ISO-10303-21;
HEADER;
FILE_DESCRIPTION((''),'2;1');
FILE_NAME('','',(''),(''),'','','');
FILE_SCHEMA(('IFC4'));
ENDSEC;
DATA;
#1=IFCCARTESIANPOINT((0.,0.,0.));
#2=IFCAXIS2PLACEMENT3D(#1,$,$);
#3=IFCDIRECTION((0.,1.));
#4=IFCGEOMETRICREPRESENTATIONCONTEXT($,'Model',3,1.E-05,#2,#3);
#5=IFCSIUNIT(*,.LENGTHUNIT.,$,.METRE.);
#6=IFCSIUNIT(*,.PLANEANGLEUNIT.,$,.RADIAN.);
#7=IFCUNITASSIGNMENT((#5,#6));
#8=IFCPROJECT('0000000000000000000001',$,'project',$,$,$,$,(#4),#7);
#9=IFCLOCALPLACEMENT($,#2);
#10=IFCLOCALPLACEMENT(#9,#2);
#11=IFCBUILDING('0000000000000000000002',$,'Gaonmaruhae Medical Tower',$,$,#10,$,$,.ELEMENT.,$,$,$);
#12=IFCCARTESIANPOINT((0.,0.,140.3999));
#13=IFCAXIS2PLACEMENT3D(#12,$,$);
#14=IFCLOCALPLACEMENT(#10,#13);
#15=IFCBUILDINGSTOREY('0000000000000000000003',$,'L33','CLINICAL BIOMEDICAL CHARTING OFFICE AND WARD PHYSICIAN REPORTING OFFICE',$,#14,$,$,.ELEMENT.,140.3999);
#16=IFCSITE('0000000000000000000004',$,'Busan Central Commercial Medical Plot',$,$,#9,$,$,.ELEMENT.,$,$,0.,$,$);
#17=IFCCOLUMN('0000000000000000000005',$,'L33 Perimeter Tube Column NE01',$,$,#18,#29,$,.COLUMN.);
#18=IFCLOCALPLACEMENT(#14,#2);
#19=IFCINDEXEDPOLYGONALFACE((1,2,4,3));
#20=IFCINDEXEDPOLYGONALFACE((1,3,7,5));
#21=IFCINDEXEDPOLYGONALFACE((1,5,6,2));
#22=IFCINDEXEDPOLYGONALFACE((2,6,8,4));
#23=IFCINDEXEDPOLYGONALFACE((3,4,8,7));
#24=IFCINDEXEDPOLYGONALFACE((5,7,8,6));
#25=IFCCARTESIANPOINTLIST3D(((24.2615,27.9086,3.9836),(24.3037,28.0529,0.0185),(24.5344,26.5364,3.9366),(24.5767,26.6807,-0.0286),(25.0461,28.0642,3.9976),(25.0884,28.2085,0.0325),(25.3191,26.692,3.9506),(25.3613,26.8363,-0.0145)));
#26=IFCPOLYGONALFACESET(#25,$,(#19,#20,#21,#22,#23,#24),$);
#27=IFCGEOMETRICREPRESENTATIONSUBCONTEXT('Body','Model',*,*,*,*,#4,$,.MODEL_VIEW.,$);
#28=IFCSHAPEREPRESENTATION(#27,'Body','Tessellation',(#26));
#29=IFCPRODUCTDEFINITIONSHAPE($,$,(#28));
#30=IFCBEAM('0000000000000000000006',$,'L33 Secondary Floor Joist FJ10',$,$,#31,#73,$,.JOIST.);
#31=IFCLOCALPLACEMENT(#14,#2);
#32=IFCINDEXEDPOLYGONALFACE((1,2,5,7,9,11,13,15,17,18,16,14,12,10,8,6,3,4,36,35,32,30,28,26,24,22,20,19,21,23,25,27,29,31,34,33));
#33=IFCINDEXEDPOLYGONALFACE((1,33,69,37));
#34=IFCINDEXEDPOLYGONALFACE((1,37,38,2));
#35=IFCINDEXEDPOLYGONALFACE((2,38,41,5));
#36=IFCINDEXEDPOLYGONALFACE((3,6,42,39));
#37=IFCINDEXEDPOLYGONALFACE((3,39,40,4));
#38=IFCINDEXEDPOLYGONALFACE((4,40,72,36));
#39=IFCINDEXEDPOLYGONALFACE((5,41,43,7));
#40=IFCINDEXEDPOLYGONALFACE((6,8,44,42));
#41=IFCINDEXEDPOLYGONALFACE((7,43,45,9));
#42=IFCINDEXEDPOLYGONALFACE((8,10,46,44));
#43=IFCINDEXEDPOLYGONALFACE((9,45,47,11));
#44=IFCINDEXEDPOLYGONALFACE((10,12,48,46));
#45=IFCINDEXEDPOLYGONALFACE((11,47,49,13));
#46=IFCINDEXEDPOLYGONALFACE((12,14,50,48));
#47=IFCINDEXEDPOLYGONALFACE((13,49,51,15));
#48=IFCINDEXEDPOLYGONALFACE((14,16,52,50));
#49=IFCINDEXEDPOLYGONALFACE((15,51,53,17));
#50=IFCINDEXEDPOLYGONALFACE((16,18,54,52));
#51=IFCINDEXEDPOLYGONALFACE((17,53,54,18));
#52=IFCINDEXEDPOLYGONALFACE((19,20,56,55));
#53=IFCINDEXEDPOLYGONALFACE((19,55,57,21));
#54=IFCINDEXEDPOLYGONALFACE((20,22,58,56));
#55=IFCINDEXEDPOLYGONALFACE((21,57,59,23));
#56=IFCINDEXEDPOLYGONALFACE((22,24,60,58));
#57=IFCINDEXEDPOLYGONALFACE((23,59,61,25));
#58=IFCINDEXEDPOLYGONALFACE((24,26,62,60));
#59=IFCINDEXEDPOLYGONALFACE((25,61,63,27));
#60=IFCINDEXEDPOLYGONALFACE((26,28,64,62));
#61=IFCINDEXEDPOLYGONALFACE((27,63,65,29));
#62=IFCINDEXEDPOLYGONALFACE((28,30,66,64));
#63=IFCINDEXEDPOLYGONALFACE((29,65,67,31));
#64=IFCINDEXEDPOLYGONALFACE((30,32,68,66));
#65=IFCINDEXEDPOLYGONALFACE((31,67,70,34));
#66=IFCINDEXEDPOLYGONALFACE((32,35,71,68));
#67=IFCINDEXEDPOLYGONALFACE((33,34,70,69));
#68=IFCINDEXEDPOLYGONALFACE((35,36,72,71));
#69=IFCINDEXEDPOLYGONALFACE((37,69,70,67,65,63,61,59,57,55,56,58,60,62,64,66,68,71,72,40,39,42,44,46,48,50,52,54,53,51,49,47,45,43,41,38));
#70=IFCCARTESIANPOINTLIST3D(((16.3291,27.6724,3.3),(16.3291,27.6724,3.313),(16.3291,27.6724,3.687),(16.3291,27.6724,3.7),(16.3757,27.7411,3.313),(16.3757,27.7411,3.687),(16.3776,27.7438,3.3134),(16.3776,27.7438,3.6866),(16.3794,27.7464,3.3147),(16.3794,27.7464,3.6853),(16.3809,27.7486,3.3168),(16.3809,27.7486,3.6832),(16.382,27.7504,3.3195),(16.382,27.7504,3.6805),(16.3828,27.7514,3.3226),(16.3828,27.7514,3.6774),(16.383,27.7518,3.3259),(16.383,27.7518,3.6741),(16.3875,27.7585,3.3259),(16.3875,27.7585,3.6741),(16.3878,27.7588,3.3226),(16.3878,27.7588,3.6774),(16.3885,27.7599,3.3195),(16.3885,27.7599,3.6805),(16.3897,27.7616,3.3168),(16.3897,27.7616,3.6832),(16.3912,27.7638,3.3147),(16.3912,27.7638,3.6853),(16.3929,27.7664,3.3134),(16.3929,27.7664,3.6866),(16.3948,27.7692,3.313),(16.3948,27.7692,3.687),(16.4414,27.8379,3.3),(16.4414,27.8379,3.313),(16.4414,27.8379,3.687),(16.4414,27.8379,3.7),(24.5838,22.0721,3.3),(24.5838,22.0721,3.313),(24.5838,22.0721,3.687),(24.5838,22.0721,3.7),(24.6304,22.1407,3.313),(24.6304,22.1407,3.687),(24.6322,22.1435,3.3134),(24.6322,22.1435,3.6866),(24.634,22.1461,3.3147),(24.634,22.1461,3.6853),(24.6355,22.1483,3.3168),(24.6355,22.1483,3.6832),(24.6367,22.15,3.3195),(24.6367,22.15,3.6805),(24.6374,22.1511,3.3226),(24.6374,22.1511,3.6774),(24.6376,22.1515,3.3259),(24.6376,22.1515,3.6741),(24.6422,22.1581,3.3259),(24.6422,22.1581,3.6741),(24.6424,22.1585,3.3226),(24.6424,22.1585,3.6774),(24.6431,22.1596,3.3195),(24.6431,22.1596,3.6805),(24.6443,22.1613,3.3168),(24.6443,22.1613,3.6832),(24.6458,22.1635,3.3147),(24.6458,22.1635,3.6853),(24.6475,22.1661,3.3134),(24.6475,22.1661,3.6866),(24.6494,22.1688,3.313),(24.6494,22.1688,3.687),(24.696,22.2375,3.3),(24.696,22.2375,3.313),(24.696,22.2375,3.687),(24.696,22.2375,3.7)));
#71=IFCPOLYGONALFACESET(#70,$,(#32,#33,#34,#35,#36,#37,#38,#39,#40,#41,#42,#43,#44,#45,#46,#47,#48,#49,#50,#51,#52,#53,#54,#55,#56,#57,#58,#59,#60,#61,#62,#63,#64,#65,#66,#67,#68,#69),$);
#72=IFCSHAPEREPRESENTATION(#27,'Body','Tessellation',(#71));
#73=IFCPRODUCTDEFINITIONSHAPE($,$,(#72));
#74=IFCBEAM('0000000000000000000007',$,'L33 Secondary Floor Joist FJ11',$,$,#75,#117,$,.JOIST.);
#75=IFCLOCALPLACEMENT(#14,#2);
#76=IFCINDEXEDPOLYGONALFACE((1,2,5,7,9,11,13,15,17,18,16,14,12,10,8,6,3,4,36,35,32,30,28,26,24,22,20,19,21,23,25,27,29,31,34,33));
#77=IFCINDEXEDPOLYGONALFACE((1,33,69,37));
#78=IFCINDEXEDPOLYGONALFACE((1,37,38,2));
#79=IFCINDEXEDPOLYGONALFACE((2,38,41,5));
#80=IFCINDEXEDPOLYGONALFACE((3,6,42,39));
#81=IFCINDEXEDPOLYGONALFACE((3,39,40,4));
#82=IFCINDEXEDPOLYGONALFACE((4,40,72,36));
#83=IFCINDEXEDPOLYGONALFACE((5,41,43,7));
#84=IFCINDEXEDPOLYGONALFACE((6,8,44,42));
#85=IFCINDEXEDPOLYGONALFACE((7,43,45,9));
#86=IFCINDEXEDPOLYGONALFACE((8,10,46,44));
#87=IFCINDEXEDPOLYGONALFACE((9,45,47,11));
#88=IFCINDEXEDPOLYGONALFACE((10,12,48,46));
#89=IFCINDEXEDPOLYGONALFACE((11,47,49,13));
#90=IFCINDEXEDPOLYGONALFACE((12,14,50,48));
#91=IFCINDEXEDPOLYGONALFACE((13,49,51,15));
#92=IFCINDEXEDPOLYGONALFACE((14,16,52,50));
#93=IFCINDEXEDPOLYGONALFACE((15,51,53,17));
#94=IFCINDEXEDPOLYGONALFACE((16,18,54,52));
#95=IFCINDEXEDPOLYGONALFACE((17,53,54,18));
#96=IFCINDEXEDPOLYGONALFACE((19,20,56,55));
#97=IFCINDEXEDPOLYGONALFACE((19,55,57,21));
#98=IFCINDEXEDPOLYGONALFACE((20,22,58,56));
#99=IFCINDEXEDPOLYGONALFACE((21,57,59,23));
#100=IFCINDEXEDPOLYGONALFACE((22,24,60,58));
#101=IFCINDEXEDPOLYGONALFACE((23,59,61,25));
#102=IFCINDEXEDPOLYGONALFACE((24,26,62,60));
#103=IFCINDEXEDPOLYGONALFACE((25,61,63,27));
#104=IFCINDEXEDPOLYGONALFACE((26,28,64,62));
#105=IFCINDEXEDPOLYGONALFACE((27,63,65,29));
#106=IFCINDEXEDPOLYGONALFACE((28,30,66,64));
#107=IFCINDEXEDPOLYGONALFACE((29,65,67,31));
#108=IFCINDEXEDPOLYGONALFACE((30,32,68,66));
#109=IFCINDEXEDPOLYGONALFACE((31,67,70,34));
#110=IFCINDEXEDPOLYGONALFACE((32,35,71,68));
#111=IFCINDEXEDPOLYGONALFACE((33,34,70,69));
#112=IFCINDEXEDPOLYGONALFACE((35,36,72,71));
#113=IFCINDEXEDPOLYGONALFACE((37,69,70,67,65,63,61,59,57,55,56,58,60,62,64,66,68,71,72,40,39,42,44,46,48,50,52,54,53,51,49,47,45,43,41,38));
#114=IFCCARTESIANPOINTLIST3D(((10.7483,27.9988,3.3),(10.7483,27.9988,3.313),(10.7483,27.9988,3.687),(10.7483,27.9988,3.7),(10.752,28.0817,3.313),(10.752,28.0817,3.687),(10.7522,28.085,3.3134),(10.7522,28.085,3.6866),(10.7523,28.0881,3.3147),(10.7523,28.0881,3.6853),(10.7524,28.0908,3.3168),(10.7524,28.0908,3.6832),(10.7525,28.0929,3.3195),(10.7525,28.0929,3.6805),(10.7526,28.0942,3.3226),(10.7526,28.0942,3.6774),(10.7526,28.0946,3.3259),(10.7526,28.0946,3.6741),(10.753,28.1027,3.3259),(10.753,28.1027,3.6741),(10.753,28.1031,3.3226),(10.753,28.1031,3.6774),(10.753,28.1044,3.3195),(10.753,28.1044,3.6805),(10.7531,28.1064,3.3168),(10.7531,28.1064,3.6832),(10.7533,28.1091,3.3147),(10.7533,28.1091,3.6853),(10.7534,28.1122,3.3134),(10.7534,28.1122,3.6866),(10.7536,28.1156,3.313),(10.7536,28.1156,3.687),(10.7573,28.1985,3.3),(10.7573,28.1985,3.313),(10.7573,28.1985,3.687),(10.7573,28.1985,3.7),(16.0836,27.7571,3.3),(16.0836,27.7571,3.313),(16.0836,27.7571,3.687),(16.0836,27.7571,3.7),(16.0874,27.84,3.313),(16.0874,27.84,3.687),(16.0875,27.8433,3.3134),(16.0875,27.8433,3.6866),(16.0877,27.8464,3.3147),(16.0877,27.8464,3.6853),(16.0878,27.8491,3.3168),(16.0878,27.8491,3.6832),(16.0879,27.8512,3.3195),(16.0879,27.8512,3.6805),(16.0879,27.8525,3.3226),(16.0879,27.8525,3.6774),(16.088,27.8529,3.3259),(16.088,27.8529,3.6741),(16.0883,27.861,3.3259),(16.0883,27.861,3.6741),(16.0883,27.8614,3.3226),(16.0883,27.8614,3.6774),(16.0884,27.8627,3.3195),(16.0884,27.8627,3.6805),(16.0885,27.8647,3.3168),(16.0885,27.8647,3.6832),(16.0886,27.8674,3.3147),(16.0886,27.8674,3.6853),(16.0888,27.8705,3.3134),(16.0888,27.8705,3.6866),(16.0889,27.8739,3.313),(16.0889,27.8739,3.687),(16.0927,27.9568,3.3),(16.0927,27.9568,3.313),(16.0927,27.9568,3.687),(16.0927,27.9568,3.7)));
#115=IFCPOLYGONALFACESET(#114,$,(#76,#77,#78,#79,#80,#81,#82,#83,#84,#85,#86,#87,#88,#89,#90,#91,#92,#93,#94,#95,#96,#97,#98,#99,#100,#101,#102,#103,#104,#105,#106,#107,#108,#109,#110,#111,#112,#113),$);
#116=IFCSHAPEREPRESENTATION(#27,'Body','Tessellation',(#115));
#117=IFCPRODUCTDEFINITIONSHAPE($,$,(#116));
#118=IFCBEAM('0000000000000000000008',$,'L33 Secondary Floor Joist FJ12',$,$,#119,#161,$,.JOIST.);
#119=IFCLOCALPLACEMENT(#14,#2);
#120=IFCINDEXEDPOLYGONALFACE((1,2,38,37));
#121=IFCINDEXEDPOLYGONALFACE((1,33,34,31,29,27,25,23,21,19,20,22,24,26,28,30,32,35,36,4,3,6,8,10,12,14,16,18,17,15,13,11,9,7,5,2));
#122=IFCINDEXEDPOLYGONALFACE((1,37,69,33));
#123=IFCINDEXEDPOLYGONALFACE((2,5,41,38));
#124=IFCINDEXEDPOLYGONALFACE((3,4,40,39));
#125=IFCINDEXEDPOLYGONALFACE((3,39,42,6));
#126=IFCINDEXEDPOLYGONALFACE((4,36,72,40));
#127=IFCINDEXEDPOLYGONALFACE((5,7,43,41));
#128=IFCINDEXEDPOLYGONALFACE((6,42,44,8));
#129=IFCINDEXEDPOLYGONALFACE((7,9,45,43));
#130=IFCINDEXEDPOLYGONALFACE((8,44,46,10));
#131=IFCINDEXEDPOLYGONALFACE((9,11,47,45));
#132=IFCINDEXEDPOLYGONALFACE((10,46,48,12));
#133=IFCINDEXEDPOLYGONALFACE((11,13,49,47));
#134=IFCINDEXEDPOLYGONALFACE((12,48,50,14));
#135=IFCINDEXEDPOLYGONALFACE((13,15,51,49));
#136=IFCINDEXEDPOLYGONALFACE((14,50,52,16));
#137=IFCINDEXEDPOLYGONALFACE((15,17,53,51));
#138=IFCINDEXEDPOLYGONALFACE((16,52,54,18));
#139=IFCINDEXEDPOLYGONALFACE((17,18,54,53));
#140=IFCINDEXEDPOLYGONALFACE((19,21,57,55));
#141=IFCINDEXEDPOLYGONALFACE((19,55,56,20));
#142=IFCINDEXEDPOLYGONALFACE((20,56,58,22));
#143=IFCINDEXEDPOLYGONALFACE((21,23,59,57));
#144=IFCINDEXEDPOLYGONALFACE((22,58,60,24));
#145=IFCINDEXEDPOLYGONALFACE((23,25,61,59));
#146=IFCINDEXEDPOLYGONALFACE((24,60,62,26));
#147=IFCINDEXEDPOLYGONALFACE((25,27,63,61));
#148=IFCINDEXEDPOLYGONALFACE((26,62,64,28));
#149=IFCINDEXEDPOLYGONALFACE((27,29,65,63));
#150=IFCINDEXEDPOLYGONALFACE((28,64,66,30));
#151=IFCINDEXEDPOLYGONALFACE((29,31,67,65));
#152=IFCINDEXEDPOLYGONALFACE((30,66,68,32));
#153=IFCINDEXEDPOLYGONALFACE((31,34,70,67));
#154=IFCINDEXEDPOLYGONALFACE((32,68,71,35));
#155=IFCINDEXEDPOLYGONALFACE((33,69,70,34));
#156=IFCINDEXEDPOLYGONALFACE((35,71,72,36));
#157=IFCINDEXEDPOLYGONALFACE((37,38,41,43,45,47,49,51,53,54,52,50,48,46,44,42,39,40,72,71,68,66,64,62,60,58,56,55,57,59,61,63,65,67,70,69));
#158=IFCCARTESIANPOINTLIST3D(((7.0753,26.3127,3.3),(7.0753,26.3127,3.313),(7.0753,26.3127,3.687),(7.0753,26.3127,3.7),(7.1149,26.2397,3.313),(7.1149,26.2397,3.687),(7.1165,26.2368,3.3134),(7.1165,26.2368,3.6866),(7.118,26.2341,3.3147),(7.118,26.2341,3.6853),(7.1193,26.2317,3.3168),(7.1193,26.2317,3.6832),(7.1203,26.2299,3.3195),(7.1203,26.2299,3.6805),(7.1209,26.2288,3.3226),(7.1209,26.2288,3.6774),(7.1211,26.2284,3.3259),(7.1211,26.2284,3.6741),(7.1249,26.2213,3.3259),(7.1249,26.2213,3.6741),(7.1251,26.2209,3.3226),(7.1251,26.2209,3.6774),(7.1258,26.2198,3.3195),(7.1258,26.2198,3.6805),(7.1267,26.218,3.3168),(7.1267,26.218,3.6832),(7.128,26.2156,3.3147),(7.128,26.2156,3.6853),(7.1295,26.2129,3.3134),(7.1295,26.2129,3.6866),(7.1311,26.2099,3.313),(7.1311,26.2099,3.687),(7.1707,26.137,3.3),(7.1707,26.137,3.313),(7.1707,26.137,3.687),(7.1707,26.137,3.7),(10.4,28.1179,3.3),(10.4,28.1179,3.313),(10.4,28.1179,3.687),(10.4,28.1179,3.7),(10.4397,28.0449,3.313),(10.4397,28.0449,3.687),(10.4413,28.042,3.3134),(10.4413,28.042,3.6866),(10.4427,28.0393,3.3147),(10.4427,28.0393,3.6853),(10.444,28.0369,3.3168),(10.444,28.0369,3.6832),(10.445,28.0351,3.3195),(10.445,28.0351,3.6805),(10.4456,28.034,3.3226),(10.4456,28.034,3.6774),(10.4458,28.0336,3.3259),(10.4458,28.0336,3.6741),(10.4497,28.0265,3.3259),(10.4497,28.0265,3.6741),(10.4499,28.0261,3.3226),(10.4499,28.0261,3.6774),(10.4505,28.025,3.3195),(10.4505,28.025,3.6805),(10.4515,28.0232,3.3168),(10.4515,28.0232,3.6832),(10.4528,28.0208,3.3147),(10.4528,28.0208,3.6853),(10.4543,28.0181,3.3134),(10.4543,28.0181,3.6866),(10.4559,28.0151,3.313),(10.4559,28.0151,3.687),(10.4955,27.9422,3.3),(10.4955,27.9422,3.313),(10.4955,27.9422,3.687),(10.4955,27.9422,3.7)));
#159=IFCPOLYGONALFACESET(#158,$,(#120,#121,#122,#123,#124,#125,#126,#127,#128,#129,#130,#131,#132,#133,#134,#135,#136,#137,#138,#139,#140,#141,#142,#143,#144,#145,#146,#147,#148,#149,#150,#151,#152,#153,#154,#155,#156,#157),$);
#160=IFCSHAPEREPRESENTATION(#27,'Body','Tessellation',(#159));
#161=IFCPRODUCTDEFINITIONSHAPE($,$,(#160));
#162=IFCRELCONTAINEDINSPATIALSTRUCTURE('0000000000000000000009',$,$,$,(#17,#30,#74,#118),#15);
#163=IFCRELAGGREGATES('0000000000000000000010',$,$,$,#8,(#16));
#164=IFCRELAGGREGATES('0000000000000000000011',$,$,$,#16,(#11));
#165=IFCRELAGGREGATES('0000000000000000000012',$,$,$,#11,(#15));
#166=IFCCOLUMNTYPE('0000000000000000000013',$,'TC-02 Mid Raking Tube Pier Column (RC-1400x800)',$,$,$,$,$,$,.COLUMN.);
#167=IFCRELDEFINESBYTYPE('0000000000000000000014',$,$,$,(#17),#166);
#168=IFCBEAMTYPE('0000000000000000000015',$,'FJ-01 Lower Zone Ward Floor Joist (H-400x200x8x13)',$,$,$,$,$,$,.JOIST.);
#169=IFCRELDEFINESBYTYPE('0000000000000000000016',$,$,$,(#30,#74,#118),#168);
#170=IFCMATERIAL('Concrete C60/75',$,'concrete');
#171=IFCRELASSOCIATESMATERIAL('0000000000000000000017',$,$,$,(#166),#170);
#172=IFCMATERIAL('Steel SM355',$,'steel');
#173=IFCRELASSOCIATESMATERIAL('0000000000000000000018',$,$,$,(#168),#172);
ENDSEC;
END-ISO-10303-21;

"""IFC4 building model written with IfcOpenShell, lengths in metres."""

from ifc_helpers import new_model, si_unit, direction, frame, origin, origin_2d, place, context, subcontext, project, spatial, rectangle, i_section, extrude, material, material_profile, profile_set, type_object, element, save


model = new_model("IFC4")

# Units and contexts
model_context = context("Model", 3, precision=1e-05, world=origin(), true_north=direction((0.0, 1.0)))
body_context = subcontext(model_context, "Body", "Model", "MODEL_VIEW")
ifc_project = project(units=[si_unit("LENGTHUNIT", "METRE"), si_unit("PLANEANGLEUNIT", "RADIAN")], contexts=[model_context])

# Site, building, storey
site_placement = place(None, origin())
site = spatial("IfcSite", under=ifc_project, at=site_placement, Name="Busan Central Commercial Medical Plot", CompositionType="ELEMENT", RefElevation=0.0)
building_placement = place(site_placement, origin())
building = spatial("IfcBuilding", under=site, at=building_placement, Name="Gaonmaruhae Medical Tower", CompositionType="ELEMENT")
storey_placement = place(building_placement, frame((0.0, 0.0, 140.3999)))
storey = spatial("IfcBuildingStorey", under=building, at=storey_placement, Name="L33", Description="CLINICAL BIOMEDICAL CHARTING OFFICE AND WARD PHYSICIAN REPORTING OFFICE", CompositionType="ELEMENT", Elevation=140.3999)

# Column
ifc_material_1 = material(Name="Concrete C60/75", Category="concrete")
ifc_material_profile_1 = material_profile(ifc_material_1, rectangle(XDim=1.3999, YDim=0.8, at=origin_2d()), Name="RC-1400x800")
ifc_profile_set_1 = profile_set([ifc_material_profile_1], Name="Concrete C60/75")
column_type = type_object("IfcColumnType", Name="TC-02 Mid Raking Tube Pier Column (RC-1400x800)", PredefinedType="COLUMN", material=ifc_profile_set_1)
column_placement = place(storey_placement, frame((24.8325, 27.4446, 0.002), z_axis=(-0.010644, -0.036363, 0.999282), x_axis=(-0.194995, 0.980229, 0.033593)))
element("IfcColumn", 1, at=column_placement, inside=storey, type_object=column_type, Name="L33 Perimeter Tube Column NE01", PredefinedType="COLUMN", context=body_context, shape_type="SweptSolid", body=[
    extrude(rectangle(XDim=1.3999, YDim=0.8, at=origin_2d()), origin(), (0.0, 0.0, 1.0), 3.968),
])

# Beams
ifc_material_2 = material(Name="Steel SM355", Category="steel")
ifc_material_profile_2 = material_profile(ifc_material_2, i_section(OverallWidth=0.2, OverallDepth=0.3999, WebThickness=0.0081, FlangeThickness=0.0129, FilletRadius=0.0129, at=origin_2d()), Name="H-400x200x8x13")
ifc_profile_set_2 = profile_set([ifc_material_profile_2], Name="Steel SM355")
beam_type_1 = type_object("IfcBeamType", Name="FJ-01 Lower Zone Ward Floor Joist (H-400x200x8x13)", PredefinedType="JOIST", material=ifc_profile_set_2)
beam_1_placement = place(storey_placement, frame((24.6399, 22.1548, 3.5), z_axis=(-0.827523, 0.561431, 0.0), x_axis=(-0.561431, -0.827523, 0.0)))
element("IfcBeam", 2, at=beam_1_placement, inside=storey, type_object=beam_type_1, Name="L33 Secondary Floor Joist FJ10", PredefinedType="JOIST", context=body_context, shape_type="SweptSolid", body=[
    extrude(i_section(OverallWidth=0.2, OverallDepth=0.3999, WebThickness=0.0081, FlangeThickness=0.0129, FilletRadius=0.0129, at=origin_2d()), origin(), (0.0, 0.0, 1.0), 9.9751),
])
beam_2_placement = place(storey_placement, frame((16.0881, 27.8569, 3.5), z_axis=(-0.998976, 0.045254, 0.0), x_axis=(-0.045254, -0.998976, 0.0)))
element("IfcBeam", 3, at=beam_2_placement, inside=storey, type_object=beam_type_1, Name="L33 Secondary Floor Joist FJ11", PredefinedType="JOIST", context=body_context, shape_type="SweptSolid", body=[
    extrude(i_section(OverallWidth=0.2, OverallDepth=0.3999, WebThickness=0.0081, FlangeThickness=0.0129, FilletRadius=0.0129, at=origin_2d()), origin(), (0.0, 0.0, 1.0), 5.3408),
])
beam_3_placement = place(storey_placement, frame((10.4478, 28.03, 3.5), z_axis=(-0.878816, -0.47716, 0.0), x_axis=(0.47716, -0.878816, 0.0)))
element("IfcBeam", 4, at=beam_3_placement, inside=storey, type_object=beam_type_1, Name="L33 Secondary Floor Joist FJ12", PredefinedType="JOIST", context=body_context, shape_type="SweptSolid", body=[
    extrude(i_section(OverallWidth=0.2, OverallDepth=0.3999, WebThickness=0.0081, FlangeThickness=0.0129, FilletRadius=0.0129, at=origin_2d()), origin(), (0.0, 0.0, 1.0), 3.7832),
])

save(model, "model.ifc")
